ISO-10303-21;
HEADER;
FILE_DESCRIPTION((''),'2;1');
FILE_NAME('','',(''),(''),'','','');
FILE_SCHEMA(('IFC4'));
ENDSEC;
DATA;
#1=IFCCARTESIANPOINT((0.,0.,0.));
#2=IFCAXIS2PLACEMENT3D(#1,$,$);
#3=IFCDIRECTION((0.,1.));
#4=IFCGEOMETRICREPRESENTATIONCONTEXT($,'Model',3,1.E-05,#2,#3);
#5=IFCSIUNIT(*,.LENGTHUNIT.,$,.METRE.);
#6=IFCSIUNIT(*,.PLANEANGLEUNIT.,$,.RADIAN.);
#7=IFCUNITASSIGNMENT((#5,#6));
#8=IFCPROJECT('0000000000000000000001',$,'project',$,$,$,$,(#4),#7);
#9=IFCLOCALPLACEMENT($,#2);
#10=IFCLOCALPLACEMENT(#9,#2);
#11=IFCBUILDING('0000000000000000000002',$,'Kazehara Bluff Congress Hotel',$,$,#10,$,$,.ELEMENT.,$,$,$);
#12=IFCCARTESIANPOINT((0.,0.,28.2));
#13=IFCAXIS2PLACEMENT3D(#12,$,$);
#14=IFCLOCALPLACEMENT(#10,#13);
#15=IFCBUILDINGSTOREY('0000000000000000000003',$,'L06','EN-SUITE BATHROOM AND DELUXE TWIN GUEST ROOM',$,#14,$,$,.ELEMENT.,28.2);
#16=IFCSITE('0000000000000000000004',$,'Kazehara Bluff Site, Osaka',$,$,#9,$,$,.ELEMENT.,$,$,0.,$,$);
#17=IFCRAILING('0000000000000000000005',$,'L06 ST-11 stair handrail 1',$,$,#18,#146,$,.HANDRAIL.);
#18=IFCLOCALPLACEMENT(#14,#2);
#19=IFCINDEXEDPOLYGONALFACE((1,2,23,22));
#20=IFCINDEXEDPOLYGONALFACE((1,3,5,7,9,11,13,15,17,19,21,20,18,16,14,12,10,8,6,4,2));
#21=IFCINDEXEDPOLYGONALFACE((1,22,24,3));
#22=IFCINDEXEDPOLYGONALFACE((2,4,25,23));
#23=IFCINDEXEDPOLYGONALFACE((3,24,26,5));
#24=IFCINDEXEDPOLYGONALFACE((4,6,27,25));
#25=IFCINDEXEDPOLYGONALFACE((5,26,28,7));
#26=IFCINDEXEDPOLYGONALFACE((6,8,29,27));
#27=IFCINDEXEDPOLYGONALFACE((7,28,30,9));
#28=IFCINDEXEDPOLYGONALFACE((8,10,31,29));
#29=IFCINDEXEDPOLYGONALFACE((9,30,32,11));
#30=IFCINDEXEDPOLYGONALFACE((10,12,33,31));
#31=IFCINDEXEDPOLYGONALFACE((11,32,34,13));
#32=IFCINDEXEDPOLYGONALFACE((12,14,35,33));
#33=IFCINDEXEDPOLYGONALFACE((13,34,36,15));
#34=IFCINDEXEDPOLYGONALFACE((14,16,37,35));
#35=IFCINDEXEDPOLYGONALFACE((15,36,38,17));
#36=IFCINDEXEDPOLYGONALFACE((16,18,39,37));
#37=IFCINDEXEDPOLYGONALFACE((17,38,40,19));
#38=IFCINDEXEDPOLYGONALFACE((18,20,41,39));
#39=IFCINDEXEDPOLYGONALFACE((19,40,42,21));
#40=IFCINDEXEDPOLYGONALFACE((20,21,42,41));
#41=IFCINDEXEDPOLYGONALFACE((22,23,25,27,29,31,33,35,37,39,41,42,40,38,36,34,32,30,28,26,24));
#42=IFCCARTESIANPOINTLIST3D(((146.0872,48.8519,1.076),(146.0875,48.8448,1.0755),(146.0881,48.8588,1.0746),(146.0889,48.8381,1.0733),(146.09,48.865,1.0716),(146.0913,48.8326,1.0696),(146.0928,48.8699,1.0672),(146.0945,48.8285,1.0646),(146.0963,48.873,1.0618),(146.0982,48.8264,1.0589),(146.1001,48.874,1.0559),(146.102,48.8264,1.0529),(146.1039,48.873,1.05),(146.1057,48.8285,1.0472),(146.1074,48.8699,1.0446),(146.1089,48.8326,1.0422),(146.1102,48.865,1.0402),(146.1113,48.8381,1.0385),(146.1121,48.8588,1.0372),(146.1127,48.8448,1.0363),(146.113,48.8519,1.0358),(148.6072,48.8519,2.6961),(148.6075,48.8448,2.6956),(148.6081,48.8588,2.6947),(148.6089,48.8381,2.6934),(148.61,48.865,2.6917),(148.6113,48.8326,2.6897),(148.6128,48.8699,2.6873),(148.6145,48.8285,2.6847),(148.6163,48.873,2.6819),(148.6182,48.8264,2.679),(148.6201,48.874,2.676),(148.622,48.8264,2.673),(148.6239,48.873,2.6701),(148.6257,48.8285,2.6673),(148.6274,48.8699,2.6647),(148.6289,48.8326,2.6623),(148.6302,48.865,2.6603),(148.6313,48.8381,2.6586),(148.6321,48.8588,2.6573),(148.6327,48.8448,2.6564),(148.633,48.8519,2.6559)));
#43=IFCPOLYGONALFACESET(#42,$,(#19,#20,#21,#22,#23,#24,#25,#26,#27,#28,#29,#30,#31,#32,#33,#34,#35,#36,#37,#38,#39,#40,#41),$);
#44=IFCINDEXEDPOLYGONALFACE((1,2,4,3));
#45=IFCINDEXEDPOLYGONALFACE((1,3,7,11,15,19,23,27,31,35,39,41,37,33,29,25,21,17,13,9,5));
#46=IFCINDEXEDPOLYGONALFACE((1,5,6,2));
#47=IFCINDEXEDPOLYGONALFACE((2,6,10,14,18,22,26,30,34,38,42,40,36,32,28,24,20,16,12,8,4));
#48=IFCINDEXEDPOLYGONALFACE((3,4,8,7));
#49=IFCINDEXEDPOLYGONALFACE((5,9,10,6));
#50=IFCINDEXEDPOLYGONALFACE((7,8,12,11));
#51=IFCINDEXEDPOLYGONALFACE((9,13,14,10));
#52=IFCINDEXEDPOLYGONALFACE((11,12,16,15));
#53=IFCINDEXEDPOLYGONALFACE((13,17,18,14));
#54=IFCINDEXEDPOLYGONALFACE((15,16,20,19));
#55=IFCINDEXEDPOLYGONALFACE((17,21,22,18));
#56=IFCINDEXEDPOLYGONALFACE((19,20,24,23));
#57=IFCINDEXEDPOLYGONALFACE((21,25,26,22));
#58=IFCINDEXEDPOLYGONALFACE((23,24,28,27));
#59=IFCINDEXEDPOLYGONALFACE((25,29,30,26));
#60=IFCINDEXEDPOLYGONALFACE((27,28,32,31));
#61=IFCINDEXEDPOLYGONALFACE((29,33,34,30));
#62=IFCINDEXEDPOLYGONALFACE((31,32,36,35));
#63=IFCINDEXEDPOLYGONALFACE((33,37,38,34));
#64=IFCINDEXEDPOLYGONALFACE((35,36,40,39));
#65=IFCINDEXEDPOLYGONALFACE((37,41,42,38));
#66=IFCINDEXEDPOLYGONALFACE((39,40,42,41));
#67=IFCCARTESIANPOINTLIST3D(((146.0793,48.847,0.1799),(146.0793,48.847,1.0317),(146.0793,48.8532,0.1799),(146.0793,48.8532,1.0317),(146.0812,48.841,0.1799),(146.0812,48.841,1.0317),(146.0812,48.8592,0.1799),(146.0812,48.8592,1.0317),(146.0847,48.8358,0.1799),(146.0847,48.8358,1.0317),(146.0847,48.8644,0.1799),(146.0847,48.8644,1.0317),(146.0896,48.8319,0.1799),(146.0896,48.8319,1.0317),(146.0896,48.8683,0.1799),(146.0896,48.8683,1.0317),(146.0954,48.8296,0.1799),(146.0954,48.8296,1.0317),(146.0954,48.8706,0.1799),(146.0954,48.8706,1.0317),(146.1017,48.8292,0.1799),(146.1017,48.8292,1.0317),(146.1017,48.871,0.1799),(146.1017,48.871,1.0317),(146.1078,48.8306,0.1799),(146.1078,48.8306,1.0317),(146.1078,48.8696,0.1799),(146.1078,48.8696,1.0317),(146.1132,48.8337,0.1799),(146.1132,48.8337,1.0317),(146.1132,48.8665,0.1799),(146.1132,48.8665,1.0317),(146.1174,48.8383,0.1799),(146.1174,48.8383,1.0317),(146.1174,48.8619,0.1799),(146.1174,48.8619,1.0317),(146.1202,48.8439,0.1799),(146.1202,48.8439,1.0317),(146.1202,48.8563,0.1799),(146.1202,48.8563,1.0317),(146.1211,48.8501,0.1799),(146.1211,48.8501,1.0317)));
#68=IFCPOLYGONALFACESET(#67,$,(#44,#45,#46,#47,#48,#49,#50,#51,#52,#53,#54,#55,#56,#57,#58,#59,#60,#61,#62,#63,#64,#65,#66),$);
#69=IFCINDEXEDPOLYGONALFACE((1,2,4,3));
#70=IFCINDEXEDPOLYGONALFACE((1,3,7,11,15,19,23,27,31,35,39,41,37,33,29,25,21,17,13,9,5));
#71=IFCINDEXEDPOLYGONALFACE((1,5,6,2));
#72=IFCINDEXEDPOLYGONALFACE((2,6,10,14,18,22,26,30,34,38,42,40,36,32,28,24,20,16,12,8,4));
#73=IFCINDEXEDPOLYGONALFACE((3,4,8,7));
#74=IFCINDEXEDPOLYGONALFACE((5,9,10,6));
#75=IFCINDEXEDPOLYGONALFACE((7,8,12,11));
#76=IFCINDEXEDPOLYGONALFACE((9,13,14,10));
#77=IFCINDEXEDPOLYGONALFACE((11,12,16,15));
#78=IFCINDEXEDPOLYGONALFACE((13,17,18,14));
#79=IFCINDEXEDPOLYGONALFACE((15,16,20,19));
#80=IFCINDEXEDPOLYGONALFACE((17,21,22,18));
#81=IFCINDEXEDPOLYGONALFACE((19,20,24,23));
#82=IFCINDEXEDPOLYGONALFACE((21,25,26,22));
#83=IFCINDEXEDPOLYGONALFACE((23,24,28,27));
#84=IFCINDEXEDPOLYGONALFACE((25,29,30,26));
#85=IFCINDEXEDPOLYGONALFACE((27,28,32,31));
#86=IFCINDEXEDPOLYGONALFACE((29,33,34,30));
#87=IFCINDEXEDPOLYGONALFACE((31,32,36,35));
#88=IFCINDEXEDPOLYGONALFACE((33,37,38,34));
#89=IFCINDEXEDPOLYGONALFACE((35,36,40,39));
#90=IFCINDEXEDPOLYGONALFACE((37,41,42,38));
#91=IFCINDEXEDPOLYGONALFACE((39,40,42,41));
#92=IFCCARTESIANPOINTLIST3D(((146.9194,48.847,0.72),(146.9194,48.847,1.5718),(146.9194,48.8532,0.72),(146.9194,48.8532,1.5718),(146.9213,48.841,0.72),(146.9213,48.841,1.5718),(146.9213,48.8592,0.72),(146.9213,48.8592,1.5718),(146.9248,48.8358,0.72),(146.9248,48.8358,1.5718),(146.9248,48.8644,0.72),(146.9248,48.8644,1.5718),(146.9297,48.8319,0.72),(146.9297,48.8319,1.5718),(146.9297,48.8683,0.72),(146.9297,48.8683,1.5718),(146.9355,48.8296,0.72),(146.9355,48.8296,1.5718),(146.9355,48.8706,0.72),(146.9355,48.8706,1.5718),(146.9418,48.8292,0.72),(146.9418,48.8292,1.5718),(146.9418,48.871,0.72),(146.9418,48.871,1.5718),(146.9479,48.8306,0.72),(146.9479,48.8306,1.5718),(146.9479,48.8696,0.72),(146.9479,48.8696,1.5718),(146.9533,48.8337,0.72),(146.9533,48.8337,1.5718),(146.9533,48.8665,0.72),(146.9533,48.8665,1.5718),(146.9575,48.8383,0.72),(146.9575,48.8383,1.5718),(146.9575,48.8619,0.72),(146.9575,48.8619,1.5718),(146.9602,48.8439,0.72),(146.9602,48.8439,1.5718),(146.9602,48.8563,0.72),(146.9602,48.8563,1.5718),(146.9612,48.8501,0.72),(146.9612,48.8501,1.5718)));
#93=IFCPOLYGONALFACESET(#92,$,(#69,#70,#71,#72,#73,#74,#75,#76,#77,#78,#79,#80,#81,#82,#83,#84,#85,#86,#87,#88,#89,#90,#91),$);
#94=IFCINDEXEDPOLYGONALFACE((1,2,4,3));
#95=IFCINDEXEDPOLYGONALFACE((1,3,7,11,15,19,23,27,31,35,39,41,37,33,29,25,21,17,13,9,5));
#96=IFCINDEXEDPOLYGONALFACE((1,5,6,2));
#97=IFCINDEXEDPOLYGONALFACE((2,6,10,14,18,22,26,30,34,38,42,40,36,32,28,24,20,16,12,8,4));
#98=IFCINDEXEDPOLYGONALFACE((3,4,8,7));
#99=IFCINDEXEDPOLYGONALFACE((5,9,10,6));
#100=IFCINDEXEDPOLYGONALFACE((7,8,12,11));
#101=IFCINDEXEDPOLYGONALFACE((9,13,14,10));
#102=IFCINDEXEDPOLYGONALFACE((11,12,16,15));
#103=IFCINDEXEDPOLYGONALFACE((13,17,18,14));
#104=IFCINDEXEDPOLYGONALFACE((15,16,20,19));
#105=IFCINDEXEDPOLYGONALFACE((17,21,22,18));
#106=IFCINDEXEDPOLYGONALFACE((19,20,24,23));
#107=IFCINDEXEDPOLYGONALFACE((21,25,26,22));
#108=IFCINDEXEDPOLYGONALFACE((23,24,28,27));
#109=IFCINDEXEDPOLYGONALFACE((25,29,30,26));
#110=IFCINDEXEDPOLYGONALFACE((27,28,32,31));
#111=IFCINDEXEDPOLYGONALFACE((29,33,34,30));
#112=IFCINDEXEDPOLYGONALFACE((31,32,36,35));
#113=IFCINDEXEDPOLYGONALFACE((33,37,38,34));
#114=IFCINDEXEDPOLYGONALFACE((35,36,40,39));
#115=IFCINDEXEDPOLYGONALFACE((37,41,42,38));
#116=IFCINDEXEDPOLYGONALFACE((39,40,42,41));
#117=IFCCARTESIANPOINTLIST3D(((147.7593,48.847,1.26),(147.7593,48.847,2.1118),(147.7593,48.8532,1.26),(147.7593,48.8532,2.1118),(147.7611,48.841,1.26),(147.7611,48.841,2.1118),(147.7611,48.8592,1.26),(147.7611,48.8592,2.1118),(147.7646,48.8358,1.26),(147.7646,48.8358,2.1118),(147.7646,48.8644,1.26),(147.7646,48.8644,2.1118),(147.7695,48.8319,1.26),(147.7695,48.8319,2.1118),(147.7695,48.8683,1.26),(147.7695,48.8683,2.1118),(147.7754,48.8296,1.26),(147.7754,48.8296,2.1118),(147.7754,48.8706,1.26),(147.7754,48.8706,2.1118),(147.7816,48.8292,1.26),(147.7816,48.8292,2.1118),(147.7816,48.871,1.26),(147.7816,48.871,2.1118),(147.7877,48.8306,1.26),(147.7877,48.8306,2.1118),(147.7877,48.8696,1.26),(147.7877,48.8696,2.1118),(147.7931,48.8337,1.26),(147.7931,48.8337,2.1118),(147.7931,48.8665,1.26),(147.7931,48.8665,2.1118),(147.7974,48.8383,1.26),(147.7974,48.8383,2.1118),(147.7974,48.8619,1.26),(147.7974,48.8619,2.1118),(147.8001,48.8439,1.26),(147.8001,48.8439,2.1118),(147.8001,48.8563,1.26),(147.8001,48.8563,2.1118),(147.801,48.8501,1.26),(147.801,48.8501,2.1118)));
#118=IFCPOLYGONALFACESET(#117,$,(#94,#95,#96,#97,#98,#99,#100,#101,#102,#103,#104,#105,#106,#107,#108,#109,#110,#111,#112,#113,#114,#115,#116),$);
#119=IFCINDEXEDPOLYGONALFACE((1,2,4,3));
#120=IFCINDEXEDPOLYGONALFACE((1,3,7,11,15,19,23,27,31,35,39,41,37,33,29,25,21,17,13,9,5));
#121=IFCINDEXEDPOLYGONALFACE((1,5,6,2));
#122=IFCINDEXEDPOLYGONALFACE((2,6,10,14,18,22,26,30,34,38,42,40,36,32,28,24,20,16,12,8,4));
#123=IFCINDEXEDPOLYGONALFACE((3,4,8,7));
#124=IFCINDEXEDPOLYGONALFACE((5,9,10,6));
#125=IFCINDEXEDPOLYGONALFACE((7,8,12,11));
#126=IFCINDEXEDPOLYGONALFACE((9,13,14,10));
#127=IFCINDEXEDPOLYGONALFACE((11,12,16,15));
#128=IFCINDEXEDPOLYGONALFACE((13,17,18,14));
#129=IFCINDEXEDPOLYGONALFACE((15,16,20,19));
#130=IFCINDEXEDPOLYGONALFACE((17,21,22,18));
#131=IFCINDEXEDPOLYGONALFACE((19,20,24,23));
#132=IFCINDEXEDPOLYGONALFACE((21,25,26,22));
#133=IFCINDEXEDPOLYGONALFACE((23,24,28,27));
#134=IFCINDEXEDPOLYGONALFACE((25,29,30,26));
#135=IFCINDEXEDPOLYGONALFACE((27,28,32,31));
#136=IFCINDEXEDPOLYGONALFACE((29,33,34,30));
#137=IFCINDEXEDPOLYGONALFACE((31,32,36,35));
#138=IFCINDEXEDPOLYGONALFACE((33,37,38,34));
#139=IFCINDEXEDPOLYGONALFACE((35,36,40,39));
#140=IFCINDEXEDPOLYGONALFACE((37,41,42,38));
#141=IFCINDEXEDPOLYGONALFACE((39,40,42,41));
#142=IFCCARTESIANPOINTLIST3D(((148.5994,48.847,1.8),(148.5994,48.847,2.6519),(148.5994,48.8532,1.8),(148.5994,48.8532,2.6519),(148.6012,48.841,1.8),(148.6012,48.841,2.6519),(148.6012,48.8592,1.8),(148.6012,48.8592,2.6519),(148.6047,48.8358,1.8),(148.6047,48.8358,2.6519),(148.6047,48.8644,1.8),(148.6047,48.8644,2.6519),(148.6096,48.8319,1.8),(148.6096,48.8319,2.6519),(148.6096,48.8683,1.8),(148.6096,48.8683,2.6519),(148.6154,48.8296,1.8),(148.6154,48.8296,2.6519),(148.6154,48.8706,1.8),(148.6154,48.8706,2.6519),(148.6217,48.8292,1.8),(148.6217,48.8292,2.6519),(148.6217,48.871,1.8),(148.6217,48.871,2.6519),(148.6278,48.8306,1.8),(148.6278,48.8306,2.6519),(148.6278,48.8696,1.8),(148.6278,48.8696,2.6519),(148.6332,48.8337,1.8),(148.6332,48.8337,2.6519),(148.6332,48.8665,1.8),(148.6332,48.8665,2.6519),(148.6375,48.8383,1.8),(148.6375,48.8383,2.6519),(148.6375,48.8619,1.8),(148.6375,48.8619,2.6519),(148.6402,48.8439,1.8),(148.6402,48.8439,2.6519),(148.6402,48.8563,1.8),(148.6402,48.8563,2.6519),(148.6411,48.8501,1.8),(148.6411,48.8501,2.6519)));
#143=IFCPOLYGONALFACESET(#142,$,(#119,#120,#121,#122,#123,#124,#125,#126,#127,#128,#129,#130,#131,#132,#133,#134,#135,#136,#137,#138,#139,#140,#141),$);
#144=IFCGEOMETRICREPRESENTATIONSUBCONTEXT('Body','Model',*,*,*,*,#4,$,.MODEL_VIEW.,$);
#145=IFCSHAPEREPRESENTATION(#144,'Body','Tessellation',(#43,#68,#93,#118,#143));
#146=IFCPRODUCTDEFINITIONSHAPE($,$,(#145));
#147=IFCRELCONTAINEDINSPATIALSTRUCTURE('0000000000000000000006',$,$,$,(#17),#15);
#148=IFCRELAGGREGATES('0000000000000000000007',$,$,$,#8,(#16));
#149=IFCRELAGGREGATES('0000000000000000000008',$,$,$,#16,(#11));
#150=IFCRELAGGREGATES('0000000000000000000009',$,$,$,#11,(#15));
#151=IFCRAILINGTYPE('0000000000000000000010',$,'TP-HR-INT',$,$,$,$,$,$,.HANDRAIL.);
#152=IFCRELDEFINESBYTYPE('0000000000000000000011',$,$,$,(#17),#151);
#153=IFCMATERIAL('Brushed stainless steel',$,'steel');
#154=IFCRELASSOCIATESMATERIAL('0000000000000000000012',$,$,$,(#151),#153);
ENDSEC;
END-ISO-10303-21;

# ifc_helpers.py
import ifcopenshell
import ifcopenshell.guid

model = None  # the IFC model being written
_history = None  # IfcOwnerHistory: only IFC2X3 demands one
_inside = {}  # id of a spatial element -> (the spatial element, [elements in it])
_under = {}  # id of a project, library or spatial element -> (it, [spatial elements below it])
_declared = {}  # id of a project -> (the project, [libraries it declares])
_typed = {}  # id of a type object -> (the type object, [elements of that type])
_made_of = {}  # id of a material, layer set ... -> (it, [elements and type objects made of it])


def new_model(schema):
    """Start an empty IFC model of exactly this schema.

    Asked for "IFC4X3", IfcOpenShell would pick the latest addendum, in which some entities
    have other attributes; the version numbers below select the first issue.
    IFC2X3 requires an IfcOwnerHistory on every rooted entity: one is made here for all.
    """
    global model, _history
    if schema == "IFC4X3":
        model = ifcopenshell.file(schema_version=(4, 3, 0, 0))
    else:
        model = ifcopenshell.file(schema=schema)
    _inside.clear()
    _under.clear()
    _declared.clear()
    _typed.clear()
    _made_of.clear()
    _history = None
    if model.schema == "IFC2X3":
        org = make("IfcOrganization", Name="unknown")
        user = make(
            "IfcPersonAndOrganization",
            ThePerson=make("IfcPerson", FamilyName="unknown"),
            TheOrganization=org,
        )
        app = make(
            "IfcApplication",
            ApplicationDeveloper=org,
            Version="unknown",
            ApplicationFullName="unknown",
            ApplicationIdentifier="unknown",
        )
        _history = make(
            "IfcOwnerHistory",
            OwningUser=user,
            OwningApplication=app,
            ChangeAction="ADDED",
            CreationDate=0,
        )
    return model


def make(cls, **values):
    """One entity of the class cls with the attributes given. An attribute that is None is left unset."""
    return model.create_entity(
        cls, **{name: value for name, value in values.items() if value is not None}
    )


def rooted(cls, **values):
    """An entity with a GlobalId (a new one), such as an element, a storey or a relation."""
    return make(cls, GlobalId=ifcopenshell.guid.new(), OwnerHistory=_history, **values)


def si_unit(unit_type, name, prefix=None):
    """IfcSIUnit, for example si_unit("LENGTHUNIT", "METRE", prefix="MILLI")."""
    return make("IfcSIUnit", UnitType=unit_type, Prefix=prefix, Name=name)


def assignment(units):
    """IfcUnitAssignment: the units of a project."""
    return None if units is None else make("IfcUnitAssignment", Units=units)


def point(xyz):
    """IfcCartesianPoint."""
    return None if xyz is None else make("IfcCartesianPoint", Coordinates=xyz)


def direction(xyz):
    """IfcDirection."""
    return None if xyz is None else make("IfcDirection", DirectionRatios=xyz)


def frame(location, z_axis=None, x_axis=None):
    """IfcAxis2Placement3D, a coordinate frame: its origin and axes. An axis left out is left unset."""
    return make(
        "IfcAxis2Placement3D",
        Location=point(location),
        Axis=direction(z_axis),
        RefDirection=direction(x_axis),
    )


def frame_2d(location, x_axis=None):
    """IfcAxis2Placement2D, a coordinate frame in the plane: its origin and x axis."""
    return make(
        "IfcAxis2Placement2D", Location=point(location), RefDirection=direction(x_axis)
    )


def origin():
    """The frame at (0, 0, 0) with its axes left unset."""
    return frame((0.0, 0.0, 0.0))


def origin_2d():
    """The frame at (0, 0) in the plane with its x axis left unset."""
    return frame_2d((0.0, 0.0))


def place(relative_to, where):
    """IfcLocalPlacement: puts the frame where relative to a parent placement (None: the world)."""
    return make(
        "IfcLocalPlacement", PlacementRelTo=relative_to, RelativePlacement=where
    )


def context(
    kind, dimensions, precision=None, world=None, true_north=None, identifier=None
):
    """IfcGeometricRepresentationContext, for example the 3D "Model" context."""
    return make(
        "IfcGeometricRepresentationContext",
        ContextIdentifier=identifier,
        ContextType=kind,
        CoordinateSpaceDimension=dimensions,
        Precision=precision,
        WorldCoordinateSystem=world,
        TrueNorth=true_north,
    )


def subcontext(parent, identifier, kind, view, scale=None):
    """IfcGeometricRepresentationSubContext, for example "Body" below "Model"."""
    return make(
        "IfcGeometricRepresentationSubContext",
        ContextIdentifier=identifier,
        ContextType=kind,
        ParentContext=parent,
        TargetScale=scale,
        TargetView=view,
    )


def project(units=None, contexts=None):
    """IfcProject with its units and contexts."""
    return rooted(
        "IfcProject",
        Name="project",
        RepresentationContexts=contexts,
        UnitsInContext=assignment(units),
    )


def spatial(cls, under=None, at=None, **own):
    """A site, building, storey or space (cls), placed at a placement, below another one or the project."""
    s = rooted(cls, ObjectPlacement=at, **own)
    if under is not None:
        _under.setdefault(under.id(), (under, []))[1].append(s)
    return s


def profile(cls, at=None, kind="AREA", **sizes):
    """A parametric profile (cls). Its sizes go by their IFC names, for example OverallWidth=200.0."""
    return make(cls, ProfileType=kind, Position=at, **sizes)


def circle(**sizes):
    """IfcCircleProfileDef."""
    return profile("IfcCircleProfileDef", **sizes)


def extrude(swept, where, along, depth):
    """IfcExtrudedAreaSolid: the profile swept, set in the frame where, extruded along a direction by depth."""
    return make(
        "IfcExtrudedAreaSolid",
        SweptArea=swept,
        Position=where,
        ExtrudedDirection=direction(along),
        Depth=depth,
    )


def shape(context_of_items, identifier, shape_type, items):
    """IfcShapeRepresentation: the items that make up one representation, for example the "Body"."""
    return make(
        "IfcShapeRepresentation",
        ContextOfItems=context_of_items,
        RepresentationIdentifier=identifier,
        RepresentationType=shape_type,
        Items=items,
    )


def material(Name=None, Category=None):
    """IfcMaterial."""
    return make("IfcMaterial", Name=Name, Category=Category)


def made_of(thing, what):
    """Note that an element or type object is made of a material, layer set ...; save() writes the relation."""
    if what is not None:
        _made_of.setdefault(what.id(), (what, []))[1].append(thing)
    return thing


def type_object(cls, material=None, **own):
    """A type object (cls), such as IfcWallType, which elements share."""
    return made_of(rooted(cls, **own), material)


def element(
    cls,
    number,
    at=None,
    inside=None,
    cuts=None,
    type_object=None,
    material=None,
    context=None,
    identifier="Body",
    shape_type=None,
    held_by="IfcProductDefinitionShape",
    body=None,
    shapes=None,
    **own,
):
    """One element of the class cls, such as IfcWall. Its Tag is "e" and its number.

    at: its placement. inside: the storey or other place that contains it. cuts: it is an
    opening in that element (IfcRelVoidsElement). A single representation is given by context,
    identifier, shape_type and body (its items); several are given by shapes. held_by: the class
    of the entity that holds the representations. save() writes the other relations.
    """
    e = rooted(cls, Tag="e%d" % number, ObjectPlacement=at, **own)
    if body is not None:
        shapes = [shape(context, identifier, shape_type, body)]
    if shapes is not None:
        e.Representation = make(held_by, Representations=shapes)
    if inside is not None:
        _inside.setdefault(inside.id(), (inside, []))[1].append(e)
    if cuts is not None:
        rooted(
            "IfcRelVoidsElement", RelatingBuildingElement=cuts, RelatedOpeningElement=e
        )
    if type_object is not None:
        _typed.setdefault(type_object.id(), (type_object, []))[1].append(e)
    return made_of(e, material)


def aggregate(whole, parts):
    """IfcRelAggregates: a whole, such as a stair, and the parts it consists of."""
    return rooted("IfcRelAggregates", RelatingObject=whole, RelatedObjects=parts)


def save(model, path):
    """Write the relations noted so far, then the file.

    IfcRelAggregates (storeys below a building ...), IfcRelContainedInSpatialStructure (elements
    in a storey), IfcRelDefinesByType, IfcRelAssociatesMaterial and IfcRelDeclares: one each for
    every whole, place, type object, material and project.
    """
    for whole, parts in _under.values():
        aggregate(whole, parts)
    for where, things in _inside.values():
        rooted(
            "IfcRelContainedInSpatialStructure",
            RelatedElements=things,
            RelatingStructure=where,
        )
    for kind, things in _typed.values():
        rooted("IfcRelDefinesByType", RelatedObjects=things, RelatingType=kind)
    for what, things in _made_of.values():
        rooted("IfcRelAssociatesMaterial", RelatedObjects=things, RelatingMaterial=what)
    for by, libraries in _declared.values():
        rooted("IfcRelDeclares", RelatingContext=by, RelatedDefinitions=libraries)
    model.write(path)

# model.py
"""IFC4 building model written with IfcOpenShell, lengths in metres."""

from ifc_helpers import new_model, si_unit, direction, frame, origin, origin_2d, place, context, subcontext, project, spatial, circle, extrude, material, type_object, element, save


model = new_model("IFC4")

# Units and contexts
model_context = context("Model", 3, precision=1e-05, world=origin(), true_north=direction((0.0, 1.0)))
body_context = subcontext(model_context, "Body", "Model", "MODEL_VIEW")
ifc_project = project(units=[si_unit("LENGTHUNIT", "METRE"), si_unit("PLANEANGLEUNIT", "RADIAN")], contexts=[model_context])

# Site, building, storey
site_placement = place(None, origin())
site = spatial("IfcSite", under=ifc_project, at=site_placement, Name="Kazehara Bluff Site, Osaka", CompositionType="ELEMENT", RefElevation=0.0)
building_placement = place(site_placement, origin())
building = spatial("IfcBuilding", under=site, at=building_placement, Name="Kazehara Bluff Congress Hotel", CompositionType="ELEMENT")
storey_placement = place(building_placement, frame((0.0, 0.0, 28.2)))
storey = spatial("IfcBuildingStorey", under=building, at=storey_placement, Name="L06", Description="EN-SUITE BATHROOM AND DELUXE TWIN GUEST ROOM", CompositionType="ELEMENT", Elevation=28.2)

# Railing
ifc_material_1 = material(Name="Brushed stainless steel", Category="steel")
railing_type_1 = type_object("IfcRailingType", Name="TP-HR-INT", PredefinedType="HANDRAIL", material=ifc_material_1)
railing_1_placement = place(storey_placement, frame((146.1001, 48.8501, 0.1799)))
element("IfcRailing", 1, at=railing_1_placement, inside=storey, type_object=railing_type_1, Name="L06 ST-11 stair handrail 1", PredefinedType="HANDRAIL", context=body_context, shape_type="SweptSolid", body=[
    extrude(circle(Radius=0.0239, at=origin_2d()), frame((0.0, 0.0, 0.876), z_axis=(0.841163, 0.0, 0.540782), x_axis=(0.0, 1.0, 0.0)), (0.0, 0.0, 1.0), 2.9958),
    extrude(circle(Radius=0.021, at=origin_2d()), origin(), (0.0, 0.0, 1.0), 0.8518),
    extrude(circle(Radius=0.021, at=origin_2d()), frame((0.8401, 0.0, 0.54)), (0.0, 0.0, 1.0), 0.8518),
    extrude(circle(Radius=0.021, at=origin_2d()), frame((1.6799, 0.0, 1.0801)), (0.0, 0.0, 1.0), 0.8518),
    extrude(circle(Radius=0.021, at=origin_2d()), frame((2.52, 0.0, 1.6201)), (0.0, 0.0, 1.0), 0.8518),
])

save(model, "model.ifc")
